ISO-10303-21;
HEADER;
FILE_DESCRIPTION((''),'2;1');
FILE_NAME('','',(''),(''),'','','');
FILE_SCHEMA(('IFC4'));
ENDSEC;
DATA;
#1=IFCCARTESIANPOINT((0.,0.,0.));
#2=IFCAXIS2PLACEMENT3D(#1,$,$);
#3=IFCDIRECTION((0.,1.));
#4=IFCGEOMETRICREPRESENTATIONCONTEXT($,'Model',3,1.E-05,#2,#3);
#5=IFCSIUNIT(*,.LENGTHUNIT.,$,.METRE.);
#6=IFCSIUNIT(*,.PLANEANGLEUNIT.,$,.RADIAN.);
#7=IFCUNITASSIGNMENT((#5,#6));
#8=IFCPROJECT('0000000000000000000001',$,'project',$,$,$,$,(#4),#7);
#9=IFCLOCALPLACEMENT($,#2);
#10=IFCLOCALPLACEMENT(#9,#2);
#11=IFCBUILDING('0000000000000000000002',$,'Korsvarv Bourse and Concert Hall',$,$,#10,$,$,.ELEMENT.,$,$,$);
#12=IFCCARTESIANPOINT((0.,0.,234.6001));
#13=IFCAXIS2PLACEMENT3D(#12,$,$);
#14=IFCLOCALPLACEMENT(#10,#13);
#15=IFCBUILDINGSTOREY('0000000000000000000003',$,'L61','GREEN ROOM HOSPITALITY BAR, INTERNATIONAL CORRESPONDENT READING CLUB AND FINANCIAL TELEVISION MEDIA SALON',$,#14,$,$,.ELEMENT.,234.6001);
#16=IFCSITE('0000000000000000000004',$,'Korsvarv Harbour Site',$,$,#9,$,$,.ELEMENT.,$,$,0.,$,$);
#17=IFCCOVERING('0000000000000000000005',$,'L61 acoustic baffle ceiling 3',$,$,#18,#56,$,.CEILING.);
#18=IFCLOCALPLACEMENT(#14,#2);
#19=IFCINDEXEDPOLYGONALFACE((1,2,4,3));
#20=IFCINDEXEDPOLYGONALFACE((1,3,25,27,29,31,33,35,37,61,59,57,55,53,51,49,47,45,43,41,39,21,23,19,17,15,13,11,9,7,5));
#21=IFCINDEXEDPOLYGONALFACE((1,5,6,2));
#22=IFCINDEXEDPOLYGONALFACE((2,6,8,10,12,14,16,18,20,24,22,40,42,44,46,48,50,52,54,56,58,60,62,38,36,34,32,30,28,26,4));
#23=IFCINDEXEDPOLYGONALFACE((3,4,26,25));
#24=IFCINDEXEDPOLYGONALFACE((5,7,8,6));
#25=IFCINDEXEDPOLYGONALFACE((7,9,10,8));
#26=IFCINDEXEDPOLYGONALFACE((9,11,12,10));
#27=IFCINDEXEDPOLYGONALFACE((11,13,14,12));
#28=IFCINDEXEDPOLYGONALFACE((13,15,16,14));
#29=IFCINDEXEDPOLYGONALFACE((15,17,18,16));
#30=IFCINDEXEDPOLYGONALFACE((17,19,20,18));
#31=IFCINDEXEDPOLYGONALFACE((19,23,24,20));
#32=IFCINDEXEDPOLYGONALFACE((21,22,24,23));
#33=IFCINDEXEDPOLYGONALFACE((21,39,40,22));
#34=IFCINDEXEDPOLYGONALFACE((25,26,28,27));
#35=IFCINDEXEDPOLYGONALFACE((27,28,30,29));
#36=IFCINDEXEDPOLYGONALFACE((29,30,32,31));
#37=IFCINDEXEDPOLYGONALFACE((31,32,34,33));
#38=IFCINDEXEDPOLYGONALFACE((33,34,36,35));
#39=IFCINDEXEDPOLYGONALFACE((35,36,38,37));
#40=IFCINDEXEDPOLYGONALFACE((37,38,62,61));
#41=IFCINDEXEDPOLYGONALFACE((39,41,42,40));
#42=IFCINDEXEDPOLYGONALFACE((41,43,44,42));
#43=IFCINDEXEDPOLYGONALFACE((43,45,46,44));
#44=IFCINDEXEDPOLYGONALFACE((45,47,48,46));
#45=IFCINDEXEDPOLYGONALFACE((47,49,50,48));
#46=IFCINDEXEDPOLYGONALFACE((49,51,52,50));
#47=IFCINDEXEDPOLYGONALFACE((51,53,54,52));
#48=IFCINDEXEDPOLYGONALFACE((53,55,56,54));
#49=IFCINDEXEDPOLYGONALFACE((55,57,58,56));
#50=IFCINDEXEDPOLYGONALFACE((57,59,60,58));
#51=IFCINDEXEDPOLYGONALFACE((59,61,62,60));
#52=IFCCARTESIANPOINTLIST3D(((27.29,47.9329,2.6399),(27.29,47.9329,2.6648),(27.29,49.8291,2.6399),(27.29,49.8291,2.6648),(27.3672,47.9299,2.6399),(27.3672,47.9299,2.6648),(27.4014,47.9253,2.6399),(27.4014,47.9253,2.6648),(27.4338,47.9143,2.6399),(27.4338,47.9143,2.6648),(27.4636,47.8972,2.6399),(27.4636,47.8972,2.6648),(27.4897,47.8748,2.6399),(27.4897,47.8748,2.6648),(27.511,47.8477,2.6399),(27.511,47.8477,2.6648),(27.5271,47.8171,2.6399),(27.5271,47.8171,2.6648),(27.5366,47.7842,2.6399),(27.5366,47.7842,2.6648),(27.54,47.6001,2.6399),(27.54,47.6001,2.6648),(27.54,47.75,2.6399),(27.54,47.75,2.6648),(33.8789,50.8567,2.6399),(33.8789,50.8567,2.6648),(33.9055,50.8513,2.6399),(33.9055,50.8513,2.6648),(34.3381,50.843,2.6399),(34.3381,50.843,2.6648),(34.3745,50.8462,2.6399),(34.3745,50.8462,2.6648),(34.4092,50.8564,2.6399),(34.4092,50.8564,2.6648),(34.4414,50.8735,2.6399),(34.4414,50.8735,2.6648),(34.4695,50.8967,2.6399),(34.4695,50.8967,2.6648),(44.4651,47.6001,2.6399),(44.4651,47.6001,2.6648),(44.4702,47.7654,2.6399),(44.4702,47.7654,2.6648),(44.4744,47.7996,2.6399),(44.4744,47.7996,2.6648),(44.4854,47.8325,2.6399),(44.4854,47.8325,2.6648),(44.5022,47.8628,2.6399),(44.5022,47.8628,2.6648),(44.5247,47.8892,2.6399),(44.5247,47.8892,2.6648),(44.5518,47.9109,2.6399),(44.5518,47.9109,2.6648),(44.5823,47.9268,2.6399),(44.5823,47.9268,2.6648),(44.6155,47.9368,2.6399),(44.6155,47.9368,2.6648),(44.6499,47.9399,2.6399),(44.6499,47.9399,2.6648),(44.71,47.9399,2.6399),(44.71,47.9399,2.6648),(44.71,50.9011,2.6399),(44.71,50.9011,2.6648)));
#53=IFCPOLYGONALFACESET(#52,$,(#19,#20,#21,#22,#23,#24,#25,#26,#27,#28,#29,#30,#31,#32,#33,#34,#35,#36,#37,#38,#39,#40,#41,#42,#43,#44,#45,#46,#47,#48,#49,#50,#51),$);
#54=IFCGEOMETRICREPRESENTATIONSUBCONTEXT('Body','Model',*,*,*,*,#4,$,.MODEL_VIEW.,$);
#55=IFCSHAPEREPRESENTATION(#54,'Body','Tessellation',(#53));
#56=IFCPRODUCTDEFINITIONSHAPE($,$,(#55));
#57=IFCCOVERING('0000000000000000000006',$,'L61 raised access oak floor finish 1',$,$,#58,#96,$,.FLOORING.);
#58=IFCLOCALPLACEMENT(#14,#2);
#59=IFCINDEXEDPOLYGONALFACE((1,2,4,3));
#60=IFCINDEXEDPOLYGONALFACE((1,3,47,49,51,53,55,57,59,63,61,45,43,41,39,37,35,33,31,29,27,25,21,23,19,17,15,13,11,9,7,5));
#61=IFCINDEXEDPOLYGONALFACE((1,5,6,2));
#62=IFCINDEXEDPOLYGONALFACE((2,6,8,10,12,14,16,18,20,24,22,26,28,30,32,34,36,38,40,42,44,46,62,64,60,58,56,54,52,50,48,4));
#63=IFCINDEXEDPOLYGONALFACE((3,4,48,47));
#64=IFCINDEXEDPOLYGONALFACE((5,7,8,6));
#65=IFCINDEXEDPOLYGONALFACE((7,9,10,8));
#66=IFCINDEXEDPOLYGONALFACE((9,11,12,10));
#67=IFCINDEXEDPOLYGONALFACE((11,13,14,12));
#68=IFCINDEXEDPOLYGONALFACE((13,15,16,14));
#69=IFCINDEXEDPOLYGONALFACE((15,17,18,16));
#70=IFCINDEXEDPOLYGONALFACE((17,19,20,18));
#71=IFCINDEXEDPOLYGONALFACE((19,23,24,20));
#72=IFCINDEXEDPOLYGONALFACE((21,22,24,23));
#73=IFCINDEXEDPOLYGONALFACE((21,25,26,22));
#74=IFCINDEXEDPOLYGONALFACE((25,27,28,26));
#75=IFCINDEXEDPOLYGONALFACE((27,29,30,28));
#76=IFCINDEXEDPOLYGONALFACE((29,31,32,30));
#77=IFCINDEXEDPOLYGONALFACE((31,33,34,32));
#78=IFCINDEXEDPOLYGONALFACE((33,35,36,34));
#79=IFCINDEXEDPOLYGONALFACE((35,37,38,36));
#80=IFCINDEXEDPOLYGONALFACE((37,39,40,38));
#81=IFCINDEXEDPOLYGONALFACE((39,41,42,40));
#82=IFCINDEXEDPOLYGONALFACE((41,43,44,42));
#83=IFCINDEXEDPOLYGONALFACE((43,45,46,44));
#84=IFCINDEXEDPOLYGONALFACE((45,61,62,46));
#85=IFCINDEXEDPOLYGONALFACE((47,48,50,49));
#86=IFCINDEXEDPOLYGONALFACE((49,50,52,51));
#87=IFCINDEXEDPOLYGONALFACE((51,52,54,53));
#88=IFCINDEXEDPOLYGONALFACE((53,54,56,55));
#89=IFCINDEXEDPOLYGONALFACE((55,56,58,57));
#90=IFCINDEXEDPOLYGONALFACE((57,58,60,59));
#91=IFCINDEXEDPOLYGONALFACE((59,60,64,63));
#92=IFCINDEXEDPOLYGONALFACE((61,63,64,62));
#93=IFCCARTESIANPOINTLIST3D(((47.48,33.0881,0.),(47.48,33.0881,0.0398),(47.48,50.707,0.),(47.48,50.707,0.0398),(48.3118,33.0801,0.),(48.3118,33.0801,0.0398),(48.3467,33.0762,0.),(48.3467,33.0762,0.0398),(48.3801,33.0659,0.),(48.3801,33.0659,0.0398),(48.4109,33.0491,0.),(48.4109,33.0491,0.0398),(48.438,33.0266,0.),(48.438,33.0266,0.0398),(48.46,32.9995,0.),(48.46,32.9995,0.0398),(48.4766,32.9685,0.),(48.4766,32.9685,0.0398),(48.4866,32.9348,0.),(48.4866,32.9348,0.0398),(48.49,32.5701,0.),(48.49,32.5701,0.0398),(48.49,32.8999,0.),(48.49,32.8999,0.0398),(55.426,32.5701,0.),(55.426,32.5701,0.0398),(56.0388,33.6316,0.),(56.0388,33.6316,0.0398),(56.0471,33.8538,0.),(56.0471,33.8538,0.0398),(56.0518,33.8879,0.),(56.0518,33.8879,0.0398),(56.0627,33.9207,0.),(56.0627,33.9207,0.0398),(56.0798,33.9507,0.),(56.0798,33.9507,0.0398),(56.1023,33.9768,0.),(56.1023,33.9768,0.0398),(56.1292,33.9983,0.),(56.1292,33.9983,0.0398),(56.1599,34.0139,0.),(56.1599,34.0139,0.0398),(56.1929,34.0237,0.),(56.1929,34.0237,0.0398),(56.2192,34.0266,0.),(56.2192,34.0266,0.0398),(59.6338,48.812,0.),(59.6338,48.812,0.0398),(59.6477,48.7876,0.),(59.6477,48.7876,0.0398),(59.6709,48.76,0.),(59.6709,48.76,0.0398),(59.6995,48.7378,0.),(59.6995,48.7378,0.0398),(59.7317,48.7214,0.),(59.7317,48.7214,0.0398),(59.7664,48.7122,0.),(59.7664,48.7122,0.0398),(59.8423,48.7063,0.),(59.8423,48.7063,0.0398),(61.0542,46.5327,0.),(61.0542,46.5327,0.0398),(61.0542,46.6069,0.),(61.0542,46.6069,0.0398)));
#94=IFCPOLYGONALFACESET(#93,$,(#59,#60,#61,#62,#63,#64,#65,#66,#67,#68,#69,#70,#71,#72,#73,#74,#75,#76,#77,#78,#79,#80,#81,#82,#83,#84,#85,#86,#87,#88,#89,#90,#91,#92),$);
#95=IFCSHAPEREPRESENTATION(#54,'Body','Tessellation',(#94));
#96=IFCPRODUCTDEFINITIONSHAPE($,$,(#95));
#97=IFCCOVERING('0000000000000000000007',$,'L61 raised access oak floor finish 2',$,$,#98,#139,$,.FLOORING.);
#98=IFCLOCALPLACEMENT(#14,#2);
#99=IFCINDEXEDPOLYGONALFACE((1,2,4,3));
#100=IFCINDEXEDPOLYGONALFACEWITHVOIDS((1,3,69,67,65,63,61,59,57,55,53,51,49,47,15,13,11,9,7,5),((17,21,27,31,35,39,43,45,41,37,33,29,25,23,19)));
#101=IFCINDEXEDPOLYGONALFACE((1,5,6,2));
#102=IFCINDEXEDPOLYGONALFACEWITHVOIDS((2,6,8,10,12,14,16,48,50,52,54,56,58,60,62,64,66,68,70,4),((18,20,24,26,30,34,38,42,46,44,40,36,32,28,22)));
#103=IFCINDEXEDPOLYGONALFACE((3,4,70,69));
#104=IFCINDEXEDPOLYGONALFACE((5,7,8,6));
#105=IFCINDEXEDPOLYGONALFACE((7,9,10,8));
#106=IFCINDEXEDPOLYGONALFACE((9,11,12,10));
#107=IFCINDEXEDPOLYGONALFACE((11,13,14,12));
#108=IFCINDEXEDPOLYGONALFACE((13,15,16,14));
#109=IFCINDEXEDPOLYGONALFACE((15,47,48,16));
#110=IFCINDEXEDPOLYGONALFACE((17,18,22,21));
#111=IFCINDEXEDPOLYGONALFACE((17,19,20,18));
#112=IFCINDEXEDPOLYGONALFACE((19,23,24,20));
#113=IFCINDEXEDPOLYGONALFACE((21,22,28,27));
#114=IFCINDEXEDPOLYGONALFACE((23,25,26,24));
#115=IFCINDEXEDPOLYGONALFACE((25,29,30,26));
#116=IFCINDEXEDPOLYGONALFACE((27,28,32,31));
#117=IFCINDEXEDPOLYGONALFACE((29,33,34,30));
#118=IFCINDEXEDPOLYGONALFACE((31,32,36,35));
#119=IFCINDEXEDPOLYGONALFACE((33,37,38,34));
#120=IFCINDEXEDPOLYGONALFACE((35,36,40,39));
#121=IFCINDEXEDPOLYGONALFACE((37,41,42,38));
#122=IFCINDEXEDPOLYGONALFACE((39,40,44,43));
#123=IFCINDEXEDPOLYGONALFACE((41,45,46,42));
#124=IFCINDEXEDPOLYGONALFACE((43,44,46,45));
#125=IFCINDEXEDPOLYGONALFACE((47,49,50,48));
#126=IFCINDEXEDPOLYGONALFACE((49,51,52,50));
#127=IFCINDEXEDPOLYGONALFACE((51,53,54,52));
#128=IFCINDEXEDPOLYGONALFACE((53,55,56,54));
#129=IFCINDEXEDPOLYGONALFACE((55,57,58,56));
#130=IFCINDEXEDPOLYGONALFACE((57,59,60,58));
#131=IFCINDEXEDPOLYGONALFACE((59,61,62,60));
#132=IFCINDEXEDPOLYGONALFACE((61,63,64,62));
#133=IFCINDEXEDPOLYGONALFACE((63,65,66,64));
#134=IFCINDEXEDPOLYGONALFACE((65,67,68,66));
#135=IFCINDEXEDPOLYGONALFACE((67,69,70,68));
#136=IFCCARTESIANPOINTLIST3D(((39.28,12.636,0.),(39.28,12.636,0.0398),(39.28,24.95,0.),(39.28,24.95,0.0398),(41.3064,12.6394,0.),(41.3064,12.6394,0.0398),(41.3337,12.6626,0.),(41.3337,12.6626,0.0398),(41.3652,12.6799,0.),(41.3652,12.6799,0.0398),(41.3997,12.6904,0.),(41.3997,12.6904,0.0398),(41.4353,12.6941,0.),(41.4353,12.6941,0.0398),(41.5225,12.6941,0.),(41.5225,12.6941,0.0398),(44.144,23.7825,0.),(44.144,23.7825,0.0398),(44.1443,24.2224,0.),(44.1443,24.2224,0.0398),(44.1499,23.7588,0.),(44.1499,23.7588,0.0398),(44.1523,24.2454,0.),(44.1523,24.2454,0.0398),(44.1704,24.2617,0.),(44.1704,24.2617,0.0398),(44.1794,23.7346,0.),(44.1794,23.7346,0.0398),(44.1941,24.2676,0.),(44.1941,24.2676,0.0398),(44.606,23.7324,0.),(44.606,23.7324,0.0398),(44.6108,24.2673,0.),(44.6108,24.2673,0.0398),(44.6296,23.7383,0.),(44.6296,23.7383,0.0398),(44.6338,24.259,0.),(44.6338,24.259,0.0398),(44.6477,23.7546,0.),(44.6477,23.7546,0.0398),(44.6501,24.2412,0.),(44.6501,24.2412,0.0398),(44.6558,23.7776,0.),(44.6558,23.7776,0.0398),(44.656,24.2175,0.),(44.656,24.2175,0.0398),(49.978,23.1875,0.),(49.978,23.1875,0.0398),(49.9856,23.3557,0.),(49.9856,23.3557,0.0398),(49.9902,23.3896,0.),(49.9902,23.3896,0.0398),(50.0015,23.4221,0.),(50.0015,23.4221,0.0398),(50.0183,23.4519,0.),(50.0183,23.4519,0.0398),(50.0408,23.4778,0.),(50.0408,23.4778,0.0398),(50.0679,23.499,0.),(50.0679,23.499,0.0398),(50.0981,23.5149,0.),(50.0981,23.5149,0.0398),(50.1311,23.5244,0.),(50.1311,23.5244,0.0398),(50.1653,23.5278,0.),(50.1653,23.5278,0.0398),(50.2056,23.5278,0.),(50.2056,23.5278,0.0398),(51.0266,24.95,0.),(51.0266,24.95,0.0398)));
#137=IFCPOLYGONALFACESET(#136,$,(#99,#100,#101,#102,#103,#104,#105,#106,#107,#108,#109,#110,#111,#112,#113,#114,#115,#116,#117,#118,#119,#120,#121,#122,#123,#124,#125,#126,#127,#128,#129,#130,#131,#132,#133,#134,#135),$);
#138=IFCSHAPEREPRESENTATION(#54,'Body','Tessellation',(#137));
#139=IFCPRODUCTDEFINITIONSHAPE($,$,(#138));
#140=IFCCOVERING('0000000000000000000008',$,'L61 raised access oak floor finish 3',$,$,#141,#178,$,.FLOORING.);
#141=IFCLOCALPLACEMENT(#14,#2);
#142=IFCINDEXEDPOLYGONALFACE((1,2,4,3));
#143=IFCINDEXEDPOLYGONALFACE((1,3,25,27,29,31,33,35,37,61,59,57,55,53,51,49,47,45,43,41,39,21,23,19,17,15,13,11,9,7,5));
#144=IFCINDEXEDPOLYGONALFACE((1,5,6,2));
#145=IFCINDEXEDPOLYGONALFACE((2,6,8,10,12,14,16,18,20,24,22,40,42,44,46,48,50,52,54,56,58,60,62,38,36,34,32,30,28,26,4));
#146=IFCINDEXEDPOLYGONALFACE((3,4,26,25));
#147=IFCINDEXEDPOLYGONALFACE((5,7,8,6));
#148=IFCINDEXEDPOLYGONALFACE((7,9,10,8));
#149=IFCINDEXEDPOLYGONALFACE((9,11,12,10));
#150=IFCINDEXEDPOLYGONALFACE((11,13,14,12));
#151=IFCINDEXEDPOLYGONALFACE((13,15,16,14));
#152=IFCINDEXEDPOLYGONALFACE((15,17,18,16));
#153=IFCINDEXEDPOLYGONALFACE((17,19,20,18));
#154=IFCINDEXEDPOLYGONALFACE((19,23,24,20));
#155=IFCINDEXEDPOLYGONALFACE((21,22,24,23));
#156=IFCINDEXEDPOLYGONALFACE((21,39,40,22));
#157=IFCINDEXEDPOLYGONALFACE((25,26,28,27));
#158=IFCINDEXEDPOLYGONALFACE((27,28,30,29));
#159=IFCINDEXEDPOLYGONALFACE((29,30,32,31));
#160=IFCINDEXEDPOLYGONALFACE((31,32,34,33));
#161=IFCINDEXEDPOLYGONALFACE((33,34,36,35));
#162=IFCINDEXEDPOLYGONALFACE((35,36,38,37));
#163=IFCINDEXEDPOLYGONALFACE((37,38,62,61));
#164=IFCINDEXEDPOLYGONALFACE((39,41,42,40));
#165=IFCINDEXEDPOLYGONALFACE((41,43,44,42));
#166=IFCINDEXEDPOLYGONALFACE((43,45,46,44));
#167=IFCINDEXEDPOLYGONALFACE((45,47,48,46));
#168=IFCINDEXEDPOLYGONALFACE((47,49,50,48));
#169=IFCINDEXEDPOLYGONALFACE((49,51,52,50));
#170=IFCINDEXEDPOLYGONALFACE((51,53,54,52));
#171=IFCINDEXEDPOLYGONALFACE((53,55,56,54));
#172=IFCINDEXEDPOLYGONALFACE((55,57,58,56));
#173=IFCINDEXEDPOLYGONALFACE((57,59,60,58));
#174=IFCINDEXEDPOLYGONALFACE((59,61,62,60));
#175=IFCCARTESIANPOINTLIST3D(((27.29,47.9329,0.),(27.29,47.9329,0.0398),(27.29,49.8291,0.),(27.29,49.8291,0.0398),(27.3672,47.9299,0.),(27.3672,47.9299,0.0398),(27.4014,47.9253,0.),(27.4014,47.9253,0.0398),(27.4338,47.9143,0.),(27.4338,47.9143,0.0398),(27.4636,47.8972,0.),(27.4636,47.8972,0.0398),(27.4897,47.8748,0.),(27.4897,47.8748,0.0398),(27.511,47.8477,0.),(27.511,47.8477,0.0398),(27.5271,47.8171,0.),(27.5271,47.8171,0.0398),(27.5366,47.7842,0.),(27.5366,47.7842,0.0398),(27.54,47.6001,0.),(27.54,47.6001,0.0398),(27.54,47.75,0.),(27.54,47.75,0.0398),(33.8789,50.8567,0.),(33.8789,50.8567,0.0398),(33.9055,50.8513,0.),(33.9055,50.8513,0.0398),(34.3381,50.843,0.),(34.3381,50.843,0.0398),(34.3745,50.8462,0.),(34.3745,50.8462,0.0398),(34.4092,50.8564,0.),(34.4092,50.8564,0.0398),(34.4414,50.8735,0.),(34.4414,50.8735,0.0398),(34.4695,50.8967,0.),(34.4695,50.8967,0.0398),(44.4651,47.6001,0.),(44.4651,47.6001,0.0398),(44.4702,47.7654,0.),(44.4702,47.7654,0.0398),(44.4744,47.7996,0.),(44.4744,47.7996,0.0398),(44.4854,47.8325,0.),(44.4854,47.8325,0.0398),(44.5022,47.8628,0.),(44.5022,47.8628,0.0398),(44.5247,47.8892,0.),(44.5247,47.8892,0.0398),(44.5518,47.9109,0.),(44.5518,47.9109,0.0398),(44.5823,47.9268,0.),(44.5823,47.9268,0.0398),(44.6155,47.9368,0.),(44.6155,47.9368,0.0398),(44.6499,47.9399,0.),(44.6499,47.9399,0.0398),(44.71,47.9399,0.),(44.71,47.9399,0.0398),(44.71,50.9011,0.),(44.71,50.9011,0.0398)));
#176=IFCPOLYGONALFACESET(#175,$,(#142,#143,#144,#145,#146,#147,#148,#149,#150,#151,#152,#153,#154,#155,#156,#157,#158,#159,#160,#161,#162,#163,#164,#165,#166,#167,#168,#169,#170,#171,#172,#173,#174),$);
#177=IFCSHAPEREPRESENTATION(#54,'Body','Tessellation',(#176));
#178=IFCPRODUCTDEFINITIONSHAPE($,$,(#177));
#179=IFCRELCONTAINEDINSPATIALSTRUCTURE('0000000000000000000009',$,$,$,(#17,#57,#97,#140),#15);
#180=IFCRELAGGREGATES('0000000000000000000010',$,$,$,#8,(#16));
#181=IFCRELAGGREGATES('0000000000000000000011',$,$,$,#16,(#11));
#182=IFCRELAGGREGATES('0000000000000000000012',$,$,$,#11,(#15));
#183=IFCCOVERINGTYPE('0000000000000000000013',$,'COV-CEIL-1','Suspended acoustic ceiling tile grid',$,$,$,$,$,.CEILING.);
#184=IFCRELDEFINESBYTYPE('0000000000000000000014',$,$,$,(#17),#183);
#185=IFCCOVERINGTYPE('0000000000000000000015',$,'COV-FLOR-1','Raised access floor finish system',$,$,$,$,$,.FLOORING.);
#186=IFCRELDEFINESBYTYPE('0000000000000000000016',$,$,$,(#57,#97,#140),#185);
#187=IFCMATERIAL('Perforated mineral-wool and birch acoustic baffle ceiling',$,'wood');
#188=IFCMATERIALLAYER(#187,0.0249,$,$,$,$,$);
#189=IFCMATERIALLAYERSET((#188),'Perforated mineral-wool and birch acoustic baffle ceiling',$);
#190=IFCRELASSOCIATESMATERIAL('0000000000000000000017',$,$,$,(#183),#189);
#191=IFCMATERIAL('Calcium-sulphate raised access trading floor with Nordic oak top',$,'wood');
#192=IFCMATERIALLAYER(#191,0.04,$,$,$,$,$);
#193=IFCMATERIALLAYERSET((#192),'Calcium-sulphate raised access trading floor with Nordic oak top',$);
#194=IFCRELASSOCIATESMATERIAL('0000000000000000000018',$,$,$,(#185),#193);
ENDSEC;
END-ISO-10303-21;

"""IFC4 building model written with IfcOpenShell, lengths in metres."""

from ifc_helpers import new_model, si_unit, direction, frame, origin, place, context, subcontext, project, spatial, polyline, outline, extrude, material, layer, layer_set, type_object, element, save


model = new_model("IFC4")

# Units and contexts
model_context = context("Model", 3, precision=1e-05, world=origin(), true_north=direction((0.0, 1.0)))
body_context = subcontext(model_context, "Body", "Model", "MODEL_VIEW")
ifc_project = project(units=[si_unit("LENGTHUNIT", "METRE"), si_unit("PLANEANGLEUNIT", "RADIAN")], contexts=[model_context])

# Site, building, storey
site_placement = place(None, origin())
site = spatial("IfcSite", under=ifc_project, at=site_placement, Name="Korsvarv Harbour Site", CompositionType="ELEMENT", RefElevation=0.0)
building_placement = place(site_placement, origin())
building = spatial("IfcBuilding", under=site, at=building_placement, Name="Korsvarv Bourse and Concert Hall", CompositionType="ELEMENT")
storey_placement = place(building_placement, frame((0.0, 0.0, 234.6001)))
storey = spatial("IfcBuildingStorey", under=building, at=storey_placement, Name="L61", Description="GREEN ROOM HOSPITALITY BAR, INTERNATIONAL CORRESPONDENT READING CLUB AND FINANCIAL TELEVISION MEDIA SALON", CompositionType="ELEMENT", Elevation=234.6001)

# Coverings
ifc_material_1 = material(Name="Perforated mineral-wool and birch acoustic baffle ceiling", Category="wood")
ifc_layer_1 = layer(ifc_material_1, 0.0249)
ifc_layer_set_1 = layer_set([ifc_layer_1], Name="Perforated mineral-wool and birch acoustic baffle ceiling")
covering_type_1 = type_object("IfcCoveringType", Name="COV-CEIL-1", Description="Suspended acoustic ceiling tile grid", PredefinedType="CEILING", material=ifc_layer_set_1)
covering_1_placement = place(storey_placement, frame((0.0, 0.0, 2.6399)))
element("IfcCovering", 1, at=covering_1_placement, inside=storey, type_object=covering_type_1, Name="L61 acoustic baffle ceiling 3", PredefinedType="CEILING", context=body_context, shape_type="SweptSolid", body=[
    extrude(outline(polyline([(33.8789, 50.8567), (33.9055, 50.8513), (34.3381, 50.843), (34.3745, 50.8462), (34.4092, 50.8564), (34.4414, 50.8735), (34.4695, 50.8967), (44.71, 50.9011), (44.71, 47.9399), (44.6499, 47.9399), (44.6155, 47.9368), (44.5823, 47.9268), (44.5518, 47.9109), (44.5247, 47.8892), (44.5022, 47.8628), (44.4854, 47.8325), (44.4744, 47.7996), (44.4702, 47.7654), (44.4651, 47.6001), (27.54, 47.6001), (27.54, 47.75), (27.5366, 47.7842), (27.5271, 47.8171), (27.511, 47.8477), (27.4897, 47.8748), (27.4636, 47.8972), (27.4338, 47.9143), (27.4014, 47.9253), (27.3672, 47.9299), (27.29, 47.9329), (27.29, 49.8291), (33.8789, 50.8567)])), origin(), (0.0, 0.0, 1.0), 0.0249),
])
ifc_material_2 = material(Name="Calcium-sulphate raised access trading floor with Nordic oak top", Category="wood")
ifc_layer_2 = layer(ifc_material_2, 0.04)
ifc_layer_set_2 = layer_set([ifc_layer_2], Name="Calcium-sulphate raised access trading floor with Nordic oak top")
covering_type_2 = type_object("IfcCoveringType", Name="COV-FLOR-1", Description="Raised access floor finish system", PredefinedType="FLOORING", material=ifc_layer_set_2)
covering_2_placement = place(storey_placement, origin())
element("IfcCovering", 2, at=covering_2_placement, inside=storey, type_object=covering_type_2, Name="L61 raised access oak floor finish 1", PredefinedType="FLOORING", context=body_context, shape_type="SweptSolid", body=[
    extrude(outline(polyline([(48.49, 32.5701), (48.49, 32.8999), (48.4866, 32.9348), (48.4766, 32.9685), (48.46, 32.9995), (48.438, 33.0266), (48.4109, 33.0491), (48.3801, 33.0659), (48.3467, 33.0762), (48.3118, 33.0801), (47.48, 33.0881), (47.48, 50.707), (59.6338, 48.812), (59.6477, 48.7876), (59.6709, 48.76), (59.6995, 48.7378), (59.7317, 48.7214), (59.7664, 48.7122), (59.8423, 48.7063), (61.0542, 46.6069), (61.0542, 46.5327), (56.2192, 34.0266), (56.1929, 34.0237), (56.1599, 34.0139), (56.1292, 33.9983), (56.1023, 33.9768), (56.0798, 33.9507), (56.0627, 33.9207), (56.0518, 33.8879), (56.0471, 33.8538), (56.0388, 33.6316), (55.426, 32.5701), (48.49, 32.5701)])), origin(), (0.0, 0.0, 1.0), 0.0398),
])
covering_3_placement = place(storey_placement, origin())
element("IfcCovering", 3, at=covering_3_placement, inside=storey, type_object=covering_type_2, Name="L61 raised access oak floor finish 2", PredefinedType="FLOORING", context=body_context, shape_type="SweptSolid", body=[
    extrude(outline(polyline([(51.0266, 24.95), (50.2056, 23.5278), (50.1653, 23.5278), (50.1311, 23.5244), (50.0981, 23.5149), (50.0679, 23.499), (50.0408, 23.4778), (50.0183, 23.4519), (50.0015, 23.4221), (49.9902, 23.3896), (49.9856, 23.3557), (49.978, 23.1875), (41.5225, 12.6941), (41.4353, 12.6941), (41.3997, 12.6904), (41.3652, 12.6799), (41.3337, 12.6626), (41.3064, 12.6394), (39.28, 12.636), (39.28, 24.95), (51.0266, 24.95)]), holes=[polyline([(44.1794, 23.7346), (44.606, 23.7324), (44.6296, 23.7383), (44.6477, 23.7546), (44.6558, 23.7776), (44.656, 24.2175), (44.6501, 24.2412), (44.6338, 24.259), (44.6108, 24.2673), (44.1941, 24.2676), (44.1704, 24.2617), (44.1523, 24.2454), (44.1443, 24.2224), (44.144, 23.7825), (44.1499, 23.7588), (44.1794, 23.7346)])]), origin(), (0.0, 0.0, 1.0), 0.0398),
])
covering_4_placement = place(storey_placement, origin())
element("IfcCovering", 4, at=covering_4_placement, inside=storey, type_object=covering_type_2, Name="L61 raised access oak floor finish 3", PredefinedType="FLOORING", context=body_context, shape_type="SweptSolid", body=[
    extrude(outline(polyline([(33.8789, 50.8567), (33.9055, 50.8513), (34.3381, 50.843), (34.3745, 50.8462), (34.4092, 50.8564), (34.4414, 50.8735), (34.4695, 50.8967), (44.71, 50.9011), (44.71, 47.9399), (44.6499, 47.9399), (44.6155, 47.9368), (44.5823, 47.9268), (44.5518, 47.9109), (44.5247, 47.8892), (44.5022, 47.8628), (44.4854, 47.8325), (44.4744, 47.7996), (44.4702, 47.7654), (44.4651, 47.6001), (27.54, 47.6001), (27.54, 47.75), (27.5366, 47.7842), (27.5271, 47.8171), (27.511, 47.8477), (27.4897, 47.8748), (27.4636, 47.8972), (27.4338, 47.9143), (27.4014, 47.9253), (27.3672, 47.9299), (27.29, 47.9329), (27.29, 49.8291), (33.8789, 50.8567)])), origin(), (0.0, 0.0, 1.0), 0.0398),
])

save(model, "model.ifc")
